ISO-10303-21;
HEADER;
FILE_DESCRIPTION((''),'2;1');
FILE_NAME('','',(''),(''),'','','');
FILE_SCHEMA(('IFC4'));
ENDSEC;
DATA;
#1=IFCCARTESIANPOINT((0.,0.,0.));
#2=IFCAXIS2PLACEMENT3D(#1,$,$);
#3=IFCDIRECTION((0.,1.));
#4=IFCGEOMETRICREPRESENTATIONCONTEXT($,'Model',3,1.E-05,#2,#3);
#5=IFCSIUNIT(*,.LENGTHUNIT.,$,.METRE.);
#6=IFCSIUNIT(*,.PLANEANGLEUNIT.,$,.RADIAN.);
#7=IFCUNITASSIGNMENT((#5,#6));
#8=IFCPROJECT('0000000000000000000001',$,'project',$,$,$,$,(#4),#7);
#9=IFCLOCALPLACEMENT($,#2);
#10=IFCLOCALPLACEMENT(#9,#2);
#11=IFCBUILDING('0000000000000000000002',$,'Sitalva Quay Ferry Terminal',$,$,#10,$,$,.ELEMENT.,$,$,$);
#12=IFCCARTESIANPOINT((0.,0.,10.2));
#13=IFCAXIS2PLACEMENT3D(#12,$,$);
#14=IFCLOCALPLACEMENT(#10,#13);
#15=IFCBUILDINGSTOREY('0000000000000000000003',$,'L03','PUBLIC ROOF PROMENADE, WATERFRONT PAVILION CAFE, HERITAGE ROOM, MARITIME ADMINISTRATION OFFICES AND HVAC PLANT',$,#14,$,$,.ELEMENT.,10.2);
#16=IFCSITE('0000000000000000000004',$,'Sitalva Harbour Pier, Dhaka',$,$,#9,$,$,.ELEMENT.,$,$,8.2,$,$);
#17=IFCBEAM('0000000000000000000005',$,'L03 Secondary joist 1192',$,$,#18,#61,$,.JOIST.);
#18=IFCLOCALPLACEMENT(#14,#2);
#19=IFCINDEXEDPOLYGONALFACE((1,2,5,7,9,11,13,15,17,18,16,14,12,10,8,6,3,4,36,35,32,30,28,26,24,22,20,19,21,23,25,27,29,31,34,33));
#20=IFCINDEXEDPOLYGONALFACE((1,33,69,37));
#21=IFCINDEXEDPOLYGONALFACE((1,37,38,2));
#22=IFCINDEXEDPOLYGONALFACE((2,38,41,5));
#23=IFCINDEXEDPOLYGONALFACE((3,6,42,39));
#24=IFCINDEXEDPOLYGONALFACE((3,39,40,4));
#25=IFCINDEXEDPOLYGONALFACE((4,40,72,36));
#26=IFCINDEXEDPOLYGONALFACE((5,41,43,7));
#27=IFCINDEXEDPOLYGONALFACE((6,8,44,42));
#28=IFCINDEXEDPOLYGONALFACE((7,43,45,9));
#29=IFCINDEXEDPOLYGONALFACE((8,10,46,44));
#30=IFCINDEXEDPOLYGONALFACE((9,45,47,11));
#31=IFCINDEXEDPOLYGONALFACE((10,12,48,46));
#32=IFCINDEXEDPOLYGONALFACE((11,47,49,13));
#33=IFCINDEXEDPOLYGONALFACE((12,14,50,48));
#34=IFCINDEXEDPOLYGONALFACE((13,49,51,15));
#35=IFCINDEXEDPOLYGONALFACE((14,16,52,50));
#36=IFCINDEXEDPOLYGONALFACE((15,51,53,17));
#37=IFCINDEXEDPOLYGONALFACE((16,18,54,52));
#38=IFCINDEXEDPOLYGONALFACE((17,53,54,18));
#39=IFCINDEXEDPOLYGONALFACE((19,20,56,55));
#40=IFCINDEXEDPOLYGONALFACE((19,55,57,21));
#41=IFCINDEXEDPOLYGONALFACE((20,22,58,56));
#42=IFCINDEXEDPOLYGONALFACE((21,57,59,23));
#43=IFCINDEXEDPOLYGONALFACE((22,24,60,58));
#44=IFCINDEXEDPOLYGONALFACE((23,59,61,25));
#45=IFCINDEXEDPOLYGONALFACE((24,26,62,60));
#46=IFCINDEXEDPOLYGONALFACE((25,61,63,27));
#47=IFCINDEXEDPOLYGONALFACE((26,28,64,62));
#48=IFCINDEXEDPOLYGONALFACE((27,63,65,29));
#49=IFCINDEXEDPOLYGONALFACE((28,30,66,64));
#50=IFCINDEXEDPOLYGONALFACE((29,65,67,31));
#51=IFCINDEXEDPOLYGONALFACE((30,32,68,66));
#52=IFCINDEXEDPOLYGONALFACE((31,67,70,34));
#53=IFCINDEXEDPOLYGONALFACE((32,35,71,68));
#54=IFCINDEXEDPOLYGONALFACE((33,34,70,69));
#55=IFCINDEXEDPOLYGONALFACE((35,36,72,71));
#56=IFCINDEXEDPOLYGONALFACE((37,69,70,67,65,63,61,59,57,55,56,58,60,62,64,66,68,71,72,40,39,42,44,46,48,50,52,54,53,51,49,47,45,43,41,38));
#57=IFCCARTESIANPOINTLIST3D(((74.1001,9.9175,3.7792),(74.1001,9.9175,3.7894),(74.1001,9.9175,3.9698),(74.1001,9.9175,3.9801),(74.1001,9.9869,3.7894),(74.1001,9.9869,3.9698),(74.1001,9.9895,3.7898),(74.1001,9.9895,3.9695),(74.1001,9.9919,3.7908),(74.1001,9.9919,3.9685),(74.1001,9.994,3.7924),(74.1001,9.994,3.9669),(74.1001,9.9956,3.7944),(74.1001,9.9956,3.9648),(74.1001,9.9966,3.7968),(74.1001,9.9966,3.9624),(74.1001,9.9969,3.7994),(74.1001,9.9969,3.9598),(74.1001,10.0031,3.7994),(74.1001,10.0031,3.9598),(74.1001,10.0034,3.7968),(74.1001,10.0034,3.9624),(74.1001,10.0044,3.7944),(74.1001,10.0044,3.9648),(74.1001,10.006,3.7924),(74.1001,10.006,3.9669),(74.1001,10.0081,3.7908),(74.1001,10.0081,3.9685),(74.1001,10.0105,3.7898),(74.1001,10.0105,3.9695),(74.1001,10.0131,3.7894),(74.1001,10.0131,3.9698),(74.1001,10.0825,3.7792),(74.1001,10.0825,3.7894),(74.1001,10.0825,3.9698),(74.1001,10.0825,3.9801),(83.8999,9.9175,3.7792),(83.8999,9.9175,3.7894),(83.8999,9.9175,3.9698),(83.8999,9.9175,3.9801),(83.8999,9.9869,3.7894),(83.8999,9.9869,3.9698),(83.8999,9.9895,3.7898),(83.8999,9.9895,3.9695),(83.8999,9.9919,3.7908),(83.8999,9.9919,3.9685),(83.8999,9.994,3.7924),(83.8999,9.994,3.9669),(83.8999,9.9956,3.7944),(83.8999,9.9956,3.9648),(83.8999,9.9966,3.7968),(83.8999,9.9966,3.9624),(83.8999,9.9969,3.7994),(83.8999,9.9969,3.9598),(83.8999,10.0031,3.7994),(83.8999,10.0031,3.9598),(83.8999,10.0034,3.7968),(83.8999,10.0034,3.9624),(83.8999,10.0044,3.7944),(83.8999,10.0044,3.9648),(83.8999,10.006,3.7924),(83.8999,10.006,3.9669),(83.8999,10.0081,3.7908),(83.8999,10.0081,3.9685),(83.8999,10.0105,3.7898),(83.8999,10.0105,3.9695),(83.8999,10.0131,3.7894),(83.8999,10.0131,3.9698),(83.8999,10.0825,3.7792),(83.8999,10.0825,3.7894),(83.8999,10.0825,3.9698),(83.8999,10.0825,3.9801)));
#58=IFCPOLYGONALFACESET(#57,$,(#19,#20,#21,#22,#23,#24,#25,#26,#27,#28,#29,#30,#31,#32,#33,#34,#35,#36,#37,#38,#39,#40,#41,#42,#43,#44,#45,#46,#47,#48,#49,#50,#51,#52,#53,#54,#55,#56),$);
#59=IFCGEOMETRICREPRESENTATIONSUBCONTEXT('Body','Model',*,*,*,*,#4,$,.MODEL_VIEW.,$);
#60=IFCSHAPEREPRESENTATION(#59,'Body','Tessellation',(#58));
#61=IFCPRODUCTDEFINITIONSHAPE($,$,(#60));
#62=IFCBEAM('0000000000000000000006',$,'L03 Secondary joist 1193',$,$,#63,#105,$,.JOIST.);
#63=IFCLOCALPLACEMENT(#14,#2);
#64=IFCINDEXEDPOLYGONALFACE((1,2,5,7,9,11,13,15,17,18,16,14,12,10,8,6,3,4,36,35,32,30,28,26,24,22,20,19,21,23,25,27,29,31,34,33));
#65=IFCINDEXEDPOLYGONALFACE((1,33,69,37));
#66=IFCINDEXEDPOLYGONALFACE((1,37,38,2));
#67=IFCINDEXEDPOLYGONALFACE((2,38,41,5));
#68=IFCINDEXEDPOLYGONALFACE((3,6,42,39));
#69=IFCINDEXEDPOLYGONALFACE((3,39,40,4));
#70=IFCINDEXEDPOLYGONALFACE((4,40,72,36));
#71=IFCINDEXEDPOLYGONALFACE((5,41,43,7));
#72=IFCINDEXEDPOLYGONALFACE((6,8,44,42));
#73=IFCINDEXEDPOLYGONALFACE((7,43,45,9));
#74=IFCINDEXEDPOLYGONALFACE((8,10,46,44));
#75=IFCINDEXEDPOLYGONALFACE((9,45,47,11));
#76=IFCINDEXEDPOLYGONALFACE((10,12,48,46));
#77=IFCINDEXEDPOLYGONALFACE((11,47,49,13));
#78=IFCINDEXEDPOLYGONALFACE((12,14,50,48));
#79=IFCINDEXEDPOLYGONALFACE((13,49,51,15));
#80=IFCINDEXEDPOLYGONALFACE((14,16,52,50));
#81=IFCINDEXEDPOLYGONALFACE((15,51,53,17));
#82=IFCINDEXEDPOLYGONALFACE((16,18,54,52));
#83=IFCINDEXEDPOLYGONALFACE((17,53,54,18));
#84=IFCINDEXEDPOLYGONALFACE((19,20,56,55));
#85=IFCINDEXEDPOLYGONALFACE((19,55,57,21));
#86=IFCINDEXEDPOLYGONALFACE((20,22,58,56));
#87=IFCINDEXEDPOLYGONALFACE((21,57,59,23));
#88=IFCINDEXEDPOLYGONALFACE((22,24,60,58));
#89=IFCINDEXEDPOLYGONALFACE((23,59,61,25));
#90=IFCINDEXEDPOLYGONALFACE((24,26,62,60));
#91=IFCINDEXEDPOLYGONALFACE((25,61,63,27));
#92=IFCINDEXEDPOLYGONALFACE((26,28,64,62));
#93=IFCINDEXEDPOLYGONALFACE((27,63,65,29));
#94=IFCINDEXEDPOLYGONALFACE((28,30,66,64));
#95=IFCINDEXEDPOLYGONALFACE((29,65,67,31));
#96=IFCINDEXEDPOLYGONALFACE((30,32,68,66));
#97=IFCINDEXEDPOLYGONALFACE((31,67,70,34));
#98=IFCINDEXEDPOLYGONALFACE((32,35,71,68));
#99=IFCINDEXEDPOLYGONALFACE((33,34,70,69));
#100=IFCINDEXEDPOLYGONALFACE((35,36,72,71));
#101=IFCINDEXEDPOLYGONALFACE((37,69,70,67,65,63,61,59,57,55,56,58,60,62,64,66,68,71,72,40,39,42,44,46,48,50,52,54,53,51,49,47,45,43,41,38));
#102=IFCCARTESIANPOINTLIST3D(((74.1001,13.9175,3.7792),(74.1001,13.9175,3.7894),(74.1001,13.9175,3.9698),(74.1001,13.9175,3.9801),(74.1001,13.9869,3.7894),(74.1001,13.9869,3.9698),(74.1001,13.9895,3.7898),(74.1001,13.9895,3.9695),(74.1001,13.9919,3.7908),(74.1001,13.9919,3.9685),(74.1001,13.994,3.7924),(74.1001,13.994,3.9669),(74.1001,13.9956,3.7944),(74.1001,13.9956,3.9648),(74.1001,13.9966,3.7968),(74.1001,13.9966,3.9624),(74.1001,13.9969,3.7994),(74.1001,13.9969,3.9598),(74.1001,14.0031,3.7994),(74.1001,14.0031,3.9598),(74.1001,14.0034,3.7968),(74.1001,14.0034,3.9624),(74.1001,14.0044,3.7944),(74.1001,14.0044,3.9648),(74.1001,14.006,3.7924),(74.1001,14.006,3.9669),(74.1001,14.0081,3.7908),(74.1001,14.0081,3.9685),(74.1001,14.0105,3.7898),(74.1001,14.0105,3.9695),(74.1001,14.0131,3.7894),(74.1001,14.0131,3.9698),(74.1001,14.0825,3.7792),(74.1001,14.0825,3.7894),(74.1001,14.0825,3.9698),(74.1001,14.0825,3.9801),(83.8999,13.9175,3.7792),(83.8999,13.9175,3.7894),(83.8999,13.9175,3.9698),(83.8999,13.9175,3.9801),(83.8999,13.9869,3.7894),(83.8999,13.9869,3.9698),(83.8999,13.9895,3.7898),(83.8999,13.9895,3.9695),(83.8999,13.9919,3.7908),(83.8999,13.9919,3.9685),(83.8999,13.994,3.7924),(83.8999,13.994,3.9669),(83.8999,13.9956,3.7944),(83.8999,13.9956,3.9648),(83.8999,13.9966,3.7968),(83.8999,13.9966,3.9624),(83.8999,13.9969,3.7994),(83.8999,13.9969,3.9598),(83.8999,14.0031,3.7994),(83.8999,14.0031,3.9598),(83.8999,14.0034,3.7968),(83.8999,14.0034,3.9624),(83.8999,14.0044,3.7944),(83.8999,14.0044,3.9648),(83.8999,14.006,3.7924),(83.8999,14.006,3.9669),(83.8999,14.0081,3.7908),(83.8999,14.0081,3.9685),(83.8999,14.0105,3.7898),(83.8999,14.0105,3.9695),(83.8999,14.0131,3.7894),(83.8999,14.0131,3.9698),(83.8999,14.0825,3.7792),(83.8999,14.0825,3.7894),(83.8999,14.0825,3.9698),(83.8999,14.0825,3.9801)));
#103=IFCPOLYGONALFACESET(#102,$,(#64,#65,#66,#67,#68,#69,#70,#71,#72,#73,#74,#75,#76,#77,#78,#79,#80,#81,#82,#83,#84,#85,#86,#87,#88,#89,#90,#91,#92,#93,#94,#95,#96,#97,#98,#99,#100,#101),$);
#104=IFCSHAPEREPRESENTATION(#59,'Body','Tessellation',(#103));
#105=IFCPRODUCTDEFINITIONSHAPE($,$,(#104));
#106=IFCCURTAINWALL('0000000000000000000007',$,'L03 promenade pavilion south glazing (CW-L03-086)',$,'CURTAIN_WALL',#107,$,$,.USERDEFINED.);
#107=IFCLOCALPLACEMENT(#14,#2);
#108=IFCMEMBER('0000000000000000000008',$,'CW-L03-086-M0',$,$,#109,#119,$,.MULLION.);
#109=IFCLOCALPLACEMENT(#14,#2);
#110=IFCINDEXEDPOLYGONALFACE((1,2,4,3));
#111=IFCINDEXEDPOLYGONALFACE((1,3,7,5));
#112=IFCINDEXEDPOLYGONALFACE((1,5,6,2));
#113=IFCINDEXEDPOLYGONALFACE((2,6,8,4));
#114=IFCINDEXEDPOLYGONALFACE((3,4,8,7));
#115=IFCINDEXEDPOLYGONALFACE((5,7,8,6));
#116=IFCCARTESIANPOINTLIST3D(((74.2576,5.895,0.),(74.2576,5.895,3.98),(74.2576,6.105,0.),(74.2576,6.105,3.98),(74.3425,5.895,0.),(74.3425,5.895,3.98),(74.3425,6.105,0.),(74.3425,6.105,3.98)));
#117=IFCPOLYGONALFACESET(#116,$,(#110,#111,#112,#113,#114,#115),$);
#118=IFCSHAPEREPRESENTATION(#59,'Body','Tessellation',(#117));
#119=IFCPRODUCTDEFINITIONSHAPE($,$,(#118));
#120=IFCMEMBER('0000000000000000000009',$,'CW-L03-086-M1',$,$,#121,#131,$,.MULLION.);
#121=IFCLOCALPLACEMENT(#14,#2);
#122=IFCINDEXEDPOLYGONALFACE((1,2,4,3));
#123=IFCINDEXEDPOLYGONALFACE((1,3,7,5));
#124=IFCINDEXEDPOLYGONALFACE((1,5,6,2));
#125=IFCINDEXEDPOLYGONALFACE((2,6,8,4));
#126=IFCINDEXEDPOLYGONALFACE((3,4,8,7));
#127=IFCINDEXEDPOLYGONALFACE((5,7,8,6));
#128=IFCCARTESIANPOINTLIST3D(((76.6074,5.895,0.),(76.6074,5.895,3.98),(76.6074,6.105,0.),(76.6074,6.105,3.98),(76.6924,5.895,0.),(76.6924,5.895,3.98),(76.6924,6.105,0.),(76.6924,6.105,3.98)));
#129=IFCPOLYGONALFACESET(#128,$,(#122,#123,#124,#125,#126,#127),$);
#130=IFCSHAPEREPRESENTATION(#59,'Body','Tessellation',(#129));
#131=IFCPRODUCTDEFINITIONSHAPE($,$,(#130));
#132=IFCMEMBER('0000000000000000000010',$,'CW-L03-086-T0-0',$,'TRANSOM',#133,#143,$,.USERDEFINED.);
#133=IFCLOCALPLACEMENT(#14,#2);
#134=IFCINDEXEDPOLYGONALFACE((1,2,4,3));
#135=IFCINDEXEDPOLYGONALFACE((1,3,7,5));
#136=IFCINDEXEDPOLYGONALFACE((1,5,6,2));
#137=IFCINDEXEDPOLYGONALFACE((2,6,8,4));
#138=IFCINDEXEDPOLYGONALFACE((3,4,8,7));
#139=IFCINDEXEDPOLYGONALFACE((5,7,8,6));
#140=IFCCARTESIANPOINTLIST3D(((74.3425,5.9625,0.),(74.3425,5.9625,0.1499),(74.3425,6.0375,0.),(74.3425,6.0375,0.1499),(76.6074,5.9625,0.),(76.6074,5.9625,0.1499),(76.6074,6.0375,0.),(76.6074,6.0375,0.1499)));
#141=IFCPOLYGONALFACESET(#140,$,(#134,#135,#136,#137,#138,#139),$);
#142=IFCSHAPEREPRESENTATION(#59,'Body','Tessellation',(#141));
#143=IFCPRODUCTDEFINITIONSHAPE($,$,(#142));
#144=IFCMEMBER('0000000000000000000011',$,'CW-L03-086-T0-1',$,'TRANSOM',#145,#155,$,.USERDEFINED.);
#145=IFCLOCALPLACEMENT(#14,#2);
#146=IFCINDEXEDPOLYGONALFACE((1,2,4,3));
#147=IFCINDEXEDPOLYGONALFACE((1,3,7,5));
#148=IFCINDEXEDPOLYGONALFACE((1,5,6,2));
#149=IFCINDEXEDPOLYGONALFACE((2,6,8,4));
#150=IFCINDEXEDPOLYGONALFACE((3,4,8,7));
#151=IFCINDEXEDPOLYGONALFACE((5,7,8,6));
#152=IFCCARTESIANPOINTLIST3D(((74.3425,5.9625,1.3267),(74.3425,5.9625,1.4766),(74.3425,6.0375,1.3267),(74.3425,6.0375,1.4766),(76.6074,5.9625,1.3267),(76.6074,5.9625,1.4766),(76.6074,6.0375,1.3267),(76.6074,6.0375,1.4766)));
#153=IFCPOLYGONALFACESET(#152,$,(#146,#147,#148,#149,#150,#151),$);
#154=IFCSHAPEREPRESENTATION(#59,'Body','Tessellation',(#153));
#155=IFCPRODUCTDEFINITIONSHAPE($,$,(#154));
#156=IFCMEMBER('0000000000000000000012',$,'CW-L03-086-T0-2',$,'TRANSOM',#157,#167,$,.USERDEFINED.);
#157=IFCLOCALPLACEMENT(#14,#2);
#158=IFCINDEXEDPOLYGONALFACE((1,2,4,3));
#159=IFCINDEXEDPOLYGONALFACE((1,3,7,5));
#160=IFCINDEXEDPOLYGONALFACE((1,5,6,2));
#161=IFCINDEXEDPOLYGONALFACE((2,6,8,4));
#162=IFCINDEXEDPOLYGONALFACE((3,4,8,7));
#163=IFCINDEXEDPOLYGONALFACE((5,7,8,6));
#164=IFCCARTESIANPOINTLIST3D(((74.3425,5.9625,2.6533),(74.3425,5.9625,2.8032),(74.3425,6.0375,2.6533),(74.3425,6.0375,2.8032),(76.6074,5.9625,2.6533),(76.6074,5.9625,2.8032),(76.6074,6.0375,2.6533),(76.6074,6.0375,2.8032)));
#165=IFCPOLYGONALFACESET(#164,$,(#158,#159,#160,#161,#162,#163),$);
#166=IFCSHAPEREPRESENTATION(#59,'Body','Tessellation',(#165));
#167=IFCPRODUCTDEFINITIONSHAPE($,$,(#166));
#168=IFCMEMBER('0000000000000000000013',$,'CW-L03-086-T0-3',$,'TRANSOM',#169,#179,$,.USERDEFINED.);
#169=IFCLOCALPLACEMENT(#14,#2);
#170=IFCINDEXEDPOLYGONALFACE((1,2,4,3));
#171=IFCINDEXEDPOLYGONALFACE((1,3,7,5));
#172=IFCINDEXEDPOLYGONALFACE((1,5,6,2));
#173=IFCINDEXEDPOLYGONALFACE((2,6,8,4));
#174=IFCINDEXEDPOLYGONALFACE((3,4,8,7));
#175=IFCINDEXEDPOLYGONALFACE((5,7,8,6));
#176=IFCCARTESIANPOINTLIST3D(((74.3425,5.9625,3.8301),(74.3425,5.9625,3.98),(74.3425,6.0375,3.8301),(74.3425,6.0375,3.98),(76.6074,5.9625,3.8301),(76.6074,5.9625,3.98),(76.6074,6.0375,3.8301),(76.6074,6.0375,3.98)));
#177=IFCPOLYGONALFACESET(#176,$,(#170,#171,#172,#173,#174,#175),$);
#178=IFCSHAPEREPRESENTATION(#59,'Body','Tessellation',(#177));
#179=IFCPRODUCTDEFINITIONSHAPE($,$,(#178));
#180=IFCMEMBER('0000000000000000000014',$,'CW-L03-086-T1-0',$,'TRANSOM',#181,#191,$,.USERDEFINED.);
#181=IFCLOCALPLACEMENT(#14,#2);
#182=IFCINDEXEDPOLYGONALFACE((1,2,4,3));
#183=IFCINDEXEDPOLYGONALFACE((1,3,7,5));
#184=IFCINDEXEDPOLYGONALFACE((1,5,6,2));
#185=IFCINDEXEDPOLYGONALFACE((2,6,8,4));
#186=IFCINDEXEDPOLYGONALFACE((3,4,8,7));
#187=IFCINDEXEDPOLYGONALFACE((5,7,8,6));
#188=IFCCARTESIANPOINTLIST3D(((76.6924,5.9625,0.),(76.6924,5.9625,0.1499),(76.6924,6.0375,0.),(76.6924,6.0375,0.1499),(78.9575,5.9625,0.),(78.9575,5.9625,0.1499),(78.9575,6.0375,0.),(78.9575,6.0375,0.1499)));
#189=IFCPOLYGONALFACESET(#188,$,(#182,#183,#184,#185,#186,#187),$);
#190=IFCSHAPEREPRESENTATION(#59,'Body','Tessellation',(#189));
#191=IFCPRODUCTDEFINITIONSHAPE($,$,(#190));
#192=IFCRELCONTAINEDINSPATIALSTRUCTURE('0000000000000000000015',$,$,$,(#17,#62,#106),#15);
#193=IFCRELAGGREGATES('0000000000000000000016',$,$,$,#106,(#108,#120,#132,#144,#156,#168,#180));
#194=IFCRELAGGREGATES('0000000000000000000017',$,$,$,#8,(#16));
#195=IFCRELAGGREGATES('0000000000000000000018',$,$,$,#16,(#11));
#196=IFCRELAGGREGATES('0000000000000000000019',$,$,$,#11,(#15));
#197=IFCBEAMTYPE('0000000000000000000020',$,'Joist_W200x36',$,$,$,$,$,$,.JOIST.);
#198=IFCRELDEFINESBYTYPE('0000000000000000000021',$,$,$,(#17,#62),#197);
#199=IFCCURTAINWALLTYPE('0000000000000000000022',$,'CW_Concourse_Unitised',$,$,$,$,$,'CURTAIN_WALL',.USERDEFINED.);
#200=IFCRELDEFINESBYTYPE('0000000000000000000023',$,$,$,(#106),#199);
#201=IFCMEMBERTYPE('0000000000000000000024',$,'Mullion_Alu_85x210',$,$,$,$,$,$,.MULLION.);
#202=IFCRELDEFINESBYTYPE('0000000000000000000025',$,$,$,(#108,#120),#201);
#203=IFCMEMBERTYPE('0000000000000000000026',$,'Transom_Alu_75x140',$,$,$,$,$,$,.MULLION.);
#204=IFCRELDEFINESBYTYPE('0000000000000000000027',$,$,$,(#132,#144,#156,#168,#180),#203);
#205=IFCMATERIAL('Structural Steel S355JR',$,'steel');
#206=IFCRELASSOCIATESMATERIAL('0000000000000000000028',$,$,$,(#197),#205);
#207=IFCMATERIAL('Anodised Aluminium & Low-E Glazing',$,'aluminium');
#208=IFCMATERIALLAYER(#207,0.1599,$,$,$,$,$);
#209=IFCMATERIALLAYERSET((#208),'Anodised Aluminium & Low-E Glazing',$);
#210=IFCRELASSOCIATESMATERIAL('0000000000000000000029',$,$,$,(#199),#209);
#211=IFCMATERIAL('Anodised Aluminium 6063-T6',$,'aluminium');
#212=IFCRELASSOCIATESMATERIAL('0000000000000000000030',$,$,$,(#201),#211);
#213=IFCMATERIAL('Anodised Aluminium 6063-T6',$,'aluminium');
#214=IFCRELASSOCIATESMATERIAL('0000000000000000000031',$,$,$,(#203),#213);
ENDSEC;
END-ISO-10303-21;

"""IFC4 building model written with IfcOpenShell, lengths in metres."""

from ifc_helpers import new_model, si_unit, direction, frame, origin, origin_2d, place, context, subcontext, project, spatial, rectangle, i_section, extrude, material, layer, layer_set, material_profile, profile_set, type_object, element, aggregate, save


model = new_model("IFC4")

# Units and contexts
model_context = context("Model", 3, precision=1e-05, world=origin(), true_north=direction((0.0, 1.0)))
body_context = subcontext(model_context, "Body", "Model", "MODEL_VIEW")
ifc_project = project(units=[si_unit("LENGTHUNIT", "METRE"), si_unit("PLANEANGLEUNIT", "RADIAN")], contexts=[model_context])

# Site, building, storey
site_placement = place(None, origin())
site = spatial("IfcSite", under=ifc_project, at=site_placement, Name="Sitalva Harbour Pier, Dhaka", CompositionType="ELEMENT", RefElevation=8.2)
building_placement = place(site_placement, origin())
building = spatial("IfcBuilding", under=site, at=building_placement, Name="Sitalva Quay Ferry Terminal", CompositionType="ELEMENT")
storey_placement = place(building_placement, frame((0.0, 0.0, 10.2)))
storey = spatial("IfcBuildingStorey", under=building, at=storey_placement, Name="L03", Description="PUBLIC ROOF PROMENADE, WATERFRONT PAVILION CAFE, HERITAGE ROOM, MARITIME ADMINISTRATION OFFICES AND HVAC PLANT", CompositionType="ELEMENT", Elevation=10.2)

# Beams
ifc_material_1 = material(Name="Structural Steel S355JR", Category="steel")
ifc_material_profile_1 = material_profile(ifc_material_1, i_section(OverallWidth=0.165, OverallDepth=0.2009, WebThickness=0.0061, FlangeThickness=0.0103, FilletRadius=0.01, at=origin_2d()), Name="W200x36")
ifc_profile_set_1 = profile_set([ifc_material_profile_1], Name="Structural Steel S355JR")
beam_type = type_object("IfcBeamType", Name="Joist_W200x36", PredefinedType="JOIST", material=ifc_profile_set_1)
for number, where, z_axis, x_axis, name in (
    (1, (74.1001, 10.0, 3.8796), (1.0, 0.0, 0.0), (0.0, 1.0, 0.0), "L03 Secondary joist 1192"),
    (2, (74.1001, 14.0, 3.8796), (1.0, 0.0, 0.0), (0.0, 1.0, 0.0), "L03 Secondary joist 1193"),
):
    element("IfcBeam", number, at=place(storey_placement, frame(where, z_axis=z_axis, x_axis=x_axis)), inside=storey, type_object=beam_type, Name=name, PredefinedType="JOIST", context=body_context, shape_type="SweptSolid", body=[
        extrude(i_section(OverallWidth=0.165, OverallDepth=0.2009, WebThickness=0.0061, FlangeThickness=0.0103, FilletRadius=0.01, at=origin_2d()), origin(), (0.0, 0.0, 1.0), 9.7998),
    ])

# Curtain wall, members
ifc_material_2 = material(Name="Anodised Aluminium & Low-E Glazing", Category="aluminium")
ifc_layer_1 = layer(ifc_material_2, 0.1599)
ifc_layer_set_1 = layer_set([ifc_layer_1], Name="Anodised Aluminium & Low-E Glazing")
curtain_wall_type = type_object("IfcCurtainWallType", Name="CW_Concourse_Unitised", ElementType="CURTAIN_WALL", PredefinedType="USERDEFINED", material=ifc_layer_set_1)
curtain_wall_1_placement = place(storey_placement, origin())
curtain_wall_1 = element("IfcCurtainWall", 3, at=curtain_wall_1_placement, inside=storey, type_object=curtain_wall_type, Name="L03 promenade pavilion south glazing (CW-L03-086)", ObjectType="CURTAIN_WALL", PredefinedType="USERDEFINED")
ifc_material_3 = material(Name="Anodised Aluminium 6063-T6", Category="aluminium")
ifc_material_profile_2 = material_profile(ifc_material_3, rectangle(XDim=0.085, YDim=0.21, at=origin_2d()), Name="ALU85x210")
ifc_profile_set_2 = profile_set([ifc_material_profile_2], Name="Anodised Aluminium 6063-T6")
member_type_1 = type_object("IfcMemberType", Name="Mullion_Alu_85x210", PredefinedType="MULLION", material=ifc_profile_set_2)
member_1_placement = place(storey_placement, frame((74.3, 6.0, 0.0), z_axis=(0.0, 0.0, 1.0), x_axis=(1.0, 0.0, 0.0)))
member_1 = element("IfcMember", 4, at=member_1_placement, type_object=member_type_1, Name="CW-L03-086-M0", PredefinedType="MULLION", context=body_context, shape_type="SweptSolid", body=[
    extrude(rectangle(XDim=0.085, YDim=0.21, at=origin_2d()), origin(), (0.0, 0.0, 1.0), 3.98),
])
member_2_placement = place(storey_placement, frame((76.6499, 6.0, 0.0), z_axis=(0.0, 0.0, 1.0), x_axis=(1.0, 0.0, 0.0)))
member_2 = element("IfcMember", 5, at=member_2_placement, type_object=member_type_1, Name="CW-L03-086-M1", PredefinedType="MULLION", context=body_context, shape_type="SweptSolid", body=[
    extrude(rectangle(XDim=0.085, YDim=0.21, at=origin_2d()), origin(), (0.0, 0.0, 1.0), 3.98),
])
ifc_material_4 = material(Name="Anodised Aluminium 6063-T6", Category="aluminium")
ifc_material_profile_3 = material_profile(ifc_material_4, rectangle(XDim=0.075, YDim=0.1499, at=origin_2d()), Name="ALU75x150")
ifc_profile_set_3 = profile_set([ifc_material_profile_3], Name="Anodised Aluminium 6063-T6")
member_type_2 = type_object("IfcMemberType", Name="Transom_Alu_75x140", PredefinedType="MULLION", material=ifc_profile_set_3)
member_3_placement = place(storey_placement, frame((74.3425, 6.0, 0.075), z_axis=(1.0, 0.0, 0.0), x_axis=(0.0, 1.0, 0.0)))
member_3 = element("IfcMember", 6, at=member_3_placement, type_object=member_type_2, Name="CW-L03-086-T0-0", ObjectType="TRANSOM", PredefinedType="USERDEFINED", context=body_context, shape_type="SweptSolid", body=[
    extrude(rectangle(XDim=0.075, YDim=0.1499, at=origin_2d()), origin(), (0.0, 0.0, 1.0), 2.2649),
])
member_4_placement = place(storey_placement, frame((74.3425, 6.0, 1.4016), z_axis=(1.0, 0.0, 0.0), x_axis=(0.0, 1.0, 0.0)))
member_4 = element("IfcMember", 7, at=member_4_placement, type_object=member_type_2, Name="CW-L03-086-T0-1", ObjectType="TRANSOM", PredefinedType="USERDEFINED", context=body_context, shape_type="SweptSolid", body=[
    extrude(rectangle(XDim=0.075, YDim=0.1499, at=origin_2d()), origin(), (0.0, 0.0, 1.0), 2.2649),
])
member_5_placement = place(storey_placement, frame((74.3425, 6.0, 2.7283), z_axis=(1.0, 0.0, 0.0), x_axis=(0.0, 1.0, 0.0)))
member_5 = element("IfcMember", 8, at=member_5_placement, type_object=member_type_2, Name="CW-L03-086-T0-2", ObjectType="TRANSOM", PredefinedType="USERDEFINED", context=body_context, shape_type="SweptSolid", body=[
    extrude(rectangle(XDim=0.075, YDim=0.1499, at=origin_2d()), origin(), (0.0, 0.0, 1.0), 2.2649),
])
member_6_placement = place(storey_placement, frame((74.3425, 6.0, 3.905), z_axis=(1.0, 0.0, 0.0), x_axis=(0.0, 1.0, 0.0)))
member_6 = element("IfcMember", 9, at=member_6_placement, type_object=member_type_2, Name="CW-L03-086-T0-3", ObjectType="TRANSOM", PredefinedType="USERDEFINED", context=body_context, shape_type="SweptSolid", body=[
    extrude(rectangle(XDim=0.075, YDim=0.1499, at=origin_2d()), origin(), (0.0, 0.0, 1.0), 2.2649),
])
member_7_placement = place(storey_placement, frame((76.6924, 6.0, 0.075), z_axis=(1.0, 0.0, 0.0), x_axis=(0.0, 1.0, 0.0)))
member_7 = element("IfcMember", 10, at=member_7_placement, type_object=member_type_2, Name="CW-L03-086-T1-0", ObjectType="TRANSOM", PredefinedType="USERDEFINED", context=body_context, shape_type="SweptSolid", body=[
    extrude(rectangle(XDim=0.075, YDim=0.1499, at=origin_2d()), origin(), (0.0, 0.0, 1.0), 2.2651),
])

aggregate(curtain_wall_1, [member_1, member_2, member_3, member_4, member_5, member_6, member_7])

save(model, "model.ifc")
